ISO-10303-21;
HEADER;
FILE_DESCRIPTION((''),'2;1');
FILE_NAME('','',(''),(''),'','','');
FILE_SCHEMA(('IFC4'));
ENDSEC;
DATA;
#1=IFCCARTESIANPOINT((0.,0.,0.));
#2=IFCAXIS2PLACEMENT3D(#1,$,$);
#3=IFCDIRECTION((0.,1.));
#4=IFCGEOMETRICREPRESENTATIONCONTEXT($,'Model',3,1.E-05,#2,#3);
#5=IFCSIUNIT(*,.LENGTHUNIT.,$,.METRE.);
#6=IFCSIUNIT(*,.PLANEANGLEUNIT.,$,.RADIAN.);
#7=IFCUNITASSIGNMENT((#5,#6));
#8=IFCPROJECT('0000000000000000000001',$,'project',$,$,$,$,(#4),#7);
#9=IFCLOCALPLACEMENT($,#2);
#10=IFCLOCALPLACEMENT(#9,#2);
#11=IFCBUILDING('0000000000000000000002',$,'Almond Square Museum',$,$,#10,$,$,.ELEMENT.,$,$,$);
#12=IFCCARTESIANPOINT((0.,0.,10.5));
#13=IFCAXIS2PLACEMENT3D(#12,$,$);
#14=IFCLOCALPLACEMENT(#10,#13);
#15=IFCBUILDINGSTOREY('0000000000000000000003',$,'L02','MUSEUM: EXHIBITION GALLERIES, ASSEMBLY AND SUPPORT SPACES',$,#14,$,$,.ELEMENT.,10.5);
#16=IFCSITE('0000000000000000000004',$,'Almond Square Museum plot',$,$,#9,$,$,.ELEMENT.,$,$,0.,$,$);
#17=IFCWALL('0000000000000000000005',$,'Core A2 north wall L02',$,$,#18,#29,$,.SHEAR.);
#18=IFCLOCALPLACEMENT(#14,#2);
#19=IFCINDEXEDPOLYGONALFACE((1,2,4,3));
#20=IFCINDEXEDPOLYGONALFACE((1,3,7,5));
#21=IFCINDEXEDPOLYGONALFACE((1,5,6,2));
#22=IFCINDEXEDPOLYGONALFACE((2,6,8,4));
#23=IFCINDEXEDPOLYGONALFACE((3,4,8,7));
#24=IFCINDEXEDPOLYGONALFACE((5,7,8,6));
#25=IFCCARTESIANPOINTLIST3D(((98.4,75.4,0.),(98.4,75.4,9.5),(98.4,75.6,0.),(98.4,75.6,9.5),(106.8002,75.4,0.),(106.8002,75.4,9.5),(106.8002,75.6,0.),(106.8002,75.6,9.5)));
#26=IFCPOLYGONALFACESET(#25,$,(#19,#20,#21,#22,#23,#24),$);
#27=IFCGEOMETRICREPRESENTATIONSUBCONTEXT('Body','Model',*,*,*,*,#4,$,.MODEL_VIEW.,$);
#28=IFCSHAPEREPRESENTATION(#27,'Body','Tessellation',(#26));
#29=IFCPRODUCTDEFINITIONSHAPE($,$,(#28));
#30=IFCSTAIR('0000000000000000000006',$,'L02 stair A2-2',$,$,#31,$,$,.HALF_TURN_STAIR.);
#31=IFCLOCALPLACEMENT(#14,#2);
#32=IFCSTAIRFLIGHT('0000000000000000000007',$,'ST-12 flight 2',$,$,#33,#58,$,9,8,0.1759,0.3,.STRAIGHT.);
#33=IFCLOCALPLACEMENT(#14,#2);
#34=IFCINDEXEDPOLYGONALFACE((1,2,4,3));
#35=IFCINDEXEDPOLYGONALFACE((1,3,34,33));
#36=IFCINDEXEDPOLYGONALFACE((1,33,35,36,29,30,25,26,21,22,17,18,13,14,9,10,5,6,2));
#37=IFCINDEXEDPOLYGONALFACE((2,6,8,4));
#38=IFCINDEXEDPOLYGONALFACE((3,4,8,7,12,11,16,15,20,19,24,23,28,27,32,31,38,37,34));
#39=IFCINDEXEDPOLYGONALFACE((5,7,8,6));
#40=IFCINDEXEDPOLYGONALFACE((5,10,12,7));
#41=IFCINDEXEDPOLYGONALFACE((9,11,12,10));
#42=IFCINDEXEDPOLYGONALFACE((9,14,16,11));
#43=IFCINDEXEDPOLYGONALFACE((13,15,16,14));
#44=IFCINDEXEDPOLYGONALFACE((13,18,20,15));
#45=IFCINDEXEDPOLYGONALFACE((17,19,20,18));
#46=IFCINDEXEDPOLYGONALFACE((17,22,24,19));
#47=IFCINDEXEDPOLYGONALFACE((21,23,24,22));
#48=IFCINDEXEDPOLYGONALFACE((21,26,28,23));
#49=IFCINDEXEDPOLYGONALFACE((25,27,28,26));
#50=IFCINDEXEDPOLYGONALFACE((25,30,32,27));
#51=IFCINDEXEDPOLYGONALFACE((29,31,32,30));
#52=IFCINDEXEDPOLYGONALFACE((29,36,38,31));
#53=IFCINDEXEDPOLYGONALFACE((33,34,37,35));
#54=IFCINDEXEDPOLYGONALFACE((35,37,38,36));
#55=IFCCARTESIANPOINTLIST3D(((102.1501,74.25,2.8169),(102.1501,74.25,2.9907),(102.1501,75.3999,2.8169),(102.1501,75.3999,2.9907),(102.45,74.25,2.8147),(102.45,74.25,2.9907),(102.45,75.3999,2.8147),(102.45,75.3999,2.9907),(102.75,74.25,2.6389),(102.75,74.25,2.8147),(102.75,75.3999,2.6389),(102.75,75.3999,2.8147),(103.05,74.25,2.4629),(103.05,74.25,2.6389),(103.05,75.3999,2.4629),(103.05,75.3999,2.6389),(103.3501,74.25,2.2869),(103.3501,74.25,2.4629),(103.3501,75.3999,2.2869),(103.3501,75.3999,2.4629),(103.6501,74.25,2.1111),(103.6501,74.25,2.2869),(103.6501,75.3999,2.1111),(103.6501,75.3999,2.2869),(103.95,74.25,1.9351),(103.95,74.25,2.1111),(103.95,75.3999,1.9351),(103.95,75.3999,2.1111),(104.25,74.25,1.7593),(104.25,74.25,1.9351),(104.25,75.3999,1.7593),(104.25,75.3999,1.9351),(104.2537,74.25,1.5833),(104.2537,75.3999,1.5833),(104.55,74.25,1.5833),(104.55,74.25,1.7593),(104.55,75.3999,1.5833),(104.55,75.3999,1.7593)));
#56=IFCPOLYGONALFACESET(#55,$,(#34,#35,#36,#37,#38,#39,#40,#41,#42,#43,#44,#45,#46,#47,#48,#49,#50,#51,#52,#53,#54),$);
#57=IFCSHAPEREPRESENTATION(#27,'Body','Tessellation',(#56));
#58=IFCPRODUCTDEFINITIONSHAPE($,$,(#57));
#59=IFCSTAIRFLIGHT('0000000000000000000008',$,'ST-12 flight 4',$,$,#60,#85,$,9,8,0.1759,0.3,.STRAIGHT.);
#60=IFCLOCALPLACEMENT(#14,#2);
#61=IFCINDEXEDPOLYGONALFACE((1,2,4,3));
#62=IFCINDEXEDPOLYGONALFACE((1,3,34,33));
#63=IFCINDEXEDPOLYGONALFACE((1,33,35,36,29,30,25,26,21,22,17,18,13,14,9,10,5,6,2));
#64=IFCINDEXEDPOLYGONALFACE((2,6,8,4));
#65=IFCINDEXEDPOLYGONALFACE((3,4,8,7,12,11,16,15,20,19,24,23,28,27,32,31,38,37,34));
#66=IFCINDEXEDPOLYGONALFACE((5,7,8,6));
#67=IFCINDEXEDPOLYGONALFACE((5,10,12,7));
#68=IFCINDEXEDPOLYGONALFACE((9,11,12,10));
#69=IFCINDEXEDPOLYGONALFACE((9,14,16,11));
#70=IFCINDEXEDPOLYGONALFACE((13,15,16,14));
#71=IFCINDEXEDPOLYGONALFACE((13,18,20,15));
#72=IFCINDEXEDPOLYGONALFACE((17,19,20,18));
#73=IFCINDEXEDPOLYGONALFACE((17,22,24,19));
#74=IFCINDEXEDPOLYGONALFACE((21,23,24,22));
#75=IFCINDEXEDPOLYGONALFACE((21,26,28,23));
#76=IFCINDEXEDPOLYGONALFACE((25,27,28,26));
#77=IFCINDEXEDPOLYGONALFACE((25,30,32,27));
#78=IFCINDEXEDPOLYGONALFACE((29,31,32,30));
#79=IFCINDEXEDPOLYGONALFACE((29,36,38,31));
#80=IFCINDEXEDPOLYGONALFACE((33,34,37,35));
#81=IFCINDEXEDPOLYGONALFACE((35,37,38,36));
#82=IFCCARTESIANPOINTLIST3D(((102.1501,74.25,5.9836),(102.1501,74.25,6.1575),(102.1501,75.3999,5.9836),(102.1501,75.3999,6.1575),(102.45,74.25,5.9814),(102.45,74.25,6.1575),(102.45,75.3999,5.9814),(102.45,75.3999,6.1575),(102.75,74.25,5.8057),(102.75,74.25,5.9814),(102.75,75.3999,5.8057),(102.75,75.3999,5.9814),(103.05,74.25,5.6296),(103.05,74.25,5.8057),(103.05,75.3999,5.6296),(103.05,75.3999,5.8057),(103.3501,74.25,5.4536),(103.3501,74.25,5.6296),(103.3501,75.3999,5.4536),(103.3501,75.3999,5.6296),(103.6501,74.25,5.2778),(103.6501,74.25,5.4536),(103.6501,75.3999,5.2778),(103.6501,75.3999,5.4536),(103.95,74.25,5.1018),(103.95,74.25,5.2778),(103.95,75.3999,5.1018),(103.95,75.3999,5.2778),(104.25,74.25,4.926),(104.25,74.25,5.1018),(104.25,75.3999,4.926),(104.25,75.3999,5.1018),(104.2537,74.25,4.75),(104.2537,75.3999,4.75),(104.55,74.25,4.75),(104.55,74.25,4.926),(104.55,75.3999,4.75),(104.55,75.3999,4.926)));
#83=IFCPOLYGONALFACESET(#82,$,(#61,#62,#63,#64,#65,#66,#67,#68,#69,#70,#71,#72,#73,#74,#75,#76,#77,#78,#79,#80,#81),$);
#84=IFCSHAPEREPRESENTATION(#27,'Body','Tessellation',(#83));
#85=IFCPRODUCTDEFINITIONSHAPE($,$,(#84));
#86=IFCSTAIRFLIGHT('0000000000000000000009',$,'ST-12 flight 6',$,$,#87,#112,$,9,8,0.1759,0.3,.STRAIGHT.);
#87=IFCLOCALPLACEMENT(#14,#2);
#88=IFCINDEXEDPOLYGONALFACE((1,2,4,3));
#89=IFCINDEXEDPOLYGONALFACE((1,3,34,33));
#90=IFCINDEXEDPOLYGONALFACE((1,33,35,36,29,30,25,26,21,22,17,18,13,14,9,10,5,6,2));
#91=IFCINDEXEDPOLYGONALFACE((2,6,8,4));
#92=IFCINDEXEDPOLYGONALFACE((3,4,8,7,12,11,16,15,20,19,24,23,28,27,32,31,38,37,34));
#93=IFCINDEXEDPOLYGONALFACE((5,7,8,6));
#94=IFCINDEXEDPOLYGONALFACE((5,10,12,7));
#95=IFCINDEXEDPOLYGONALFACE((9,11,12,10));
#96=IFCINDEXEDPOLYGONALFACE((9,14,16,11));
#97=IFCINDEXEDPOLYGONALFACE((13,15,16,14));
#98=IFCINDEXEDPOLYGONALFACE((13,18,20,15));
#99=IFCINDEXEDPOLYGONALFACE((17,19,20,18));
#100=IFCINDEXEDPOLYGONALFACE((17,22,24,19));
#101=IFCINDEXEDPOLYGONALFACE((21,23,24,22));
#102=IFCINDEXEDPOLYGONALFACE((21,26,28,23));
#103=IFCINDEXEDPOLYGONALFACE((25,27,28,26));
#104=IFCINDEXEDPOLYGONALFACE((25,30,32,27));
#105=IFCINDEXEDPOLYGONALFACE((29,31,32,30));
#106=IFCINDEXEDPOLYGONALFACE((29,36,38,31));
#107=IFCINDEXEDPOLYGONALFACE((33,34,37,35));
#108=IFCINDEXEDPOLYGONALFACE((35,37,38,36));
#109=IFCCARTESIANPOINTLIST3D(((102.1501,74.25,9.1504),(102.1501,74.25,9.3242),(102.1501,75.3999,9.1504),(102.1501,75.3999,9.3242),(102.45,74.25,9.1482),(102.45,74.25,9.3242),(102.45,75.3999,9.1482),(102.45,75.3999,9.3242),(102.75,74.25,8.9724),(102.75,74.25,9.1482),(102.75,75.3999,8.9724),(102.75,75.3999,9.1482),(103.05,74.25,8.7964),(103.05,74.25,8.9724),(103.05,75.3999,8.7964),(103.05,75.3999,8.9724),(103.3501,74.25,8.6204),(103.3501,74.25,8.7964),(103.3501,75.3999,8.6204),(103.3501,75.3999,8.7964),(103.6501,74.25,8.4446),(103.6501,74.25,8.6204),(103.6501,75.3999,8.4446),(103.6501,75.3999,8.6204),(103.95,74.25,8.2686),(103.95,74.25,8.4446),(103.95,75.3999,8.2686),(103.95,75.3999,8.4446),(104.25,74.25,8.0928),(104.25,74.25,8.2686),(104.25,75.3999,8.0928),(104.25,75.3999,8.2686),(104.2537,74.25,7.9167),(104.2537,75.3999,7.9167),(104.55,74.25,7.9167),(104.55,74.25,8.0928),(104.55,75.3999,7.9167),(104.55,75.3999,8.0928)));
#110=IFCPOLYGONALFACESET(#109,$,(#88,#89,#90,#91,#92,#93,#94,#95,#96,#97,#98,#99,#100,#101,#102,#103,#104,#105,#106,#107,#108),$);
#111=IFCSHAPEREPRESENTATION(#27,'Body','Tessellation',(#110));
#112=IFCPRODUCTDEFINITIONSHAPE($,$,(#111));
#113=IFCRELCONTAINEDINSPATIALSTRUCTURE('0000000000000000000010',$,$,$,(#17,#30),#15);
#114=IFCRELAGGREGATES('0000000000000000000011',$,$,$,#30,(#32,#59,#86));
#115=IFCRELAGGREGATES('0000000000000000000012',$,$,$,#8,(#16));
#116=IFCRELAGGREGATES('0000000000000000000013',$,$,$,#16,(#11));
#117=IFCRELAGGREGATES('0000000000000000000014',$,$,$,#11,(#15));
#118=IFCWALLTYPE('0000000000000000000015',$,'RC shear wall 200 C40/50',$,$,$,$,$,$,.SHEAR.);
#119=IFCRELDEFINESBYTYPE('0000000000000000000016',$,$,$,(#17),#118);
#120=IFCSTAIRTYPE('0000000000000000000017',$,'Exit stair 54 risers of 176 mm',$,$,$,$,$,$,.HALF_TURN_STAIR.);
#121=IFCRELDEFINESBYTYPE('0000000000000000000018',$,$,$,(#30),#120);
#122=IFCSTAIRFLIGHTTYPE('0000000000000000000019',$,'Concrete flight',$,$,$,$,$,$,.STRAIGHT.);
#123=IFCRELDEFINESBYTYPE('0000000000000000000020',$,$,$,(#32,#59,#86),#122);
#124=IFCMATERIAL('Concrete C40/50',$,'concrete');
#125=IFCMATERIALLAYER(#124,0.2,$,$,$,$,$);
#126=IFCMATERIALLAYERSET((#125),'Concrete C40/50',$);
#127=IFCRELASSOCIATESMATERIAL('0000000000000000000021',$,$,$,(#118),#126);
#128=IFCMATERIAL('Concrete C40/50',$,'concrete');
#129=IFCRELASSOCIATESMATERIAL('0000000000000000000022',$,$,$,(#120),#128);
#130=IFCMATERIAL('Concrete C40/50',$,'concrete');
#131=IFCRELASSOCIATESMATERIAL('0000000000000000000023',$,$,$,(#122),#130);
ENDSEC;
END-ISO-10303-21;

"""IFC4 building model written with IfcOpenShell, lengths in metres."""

from ifc_helpers import new_model, si_unit, direction, frame, frame_2d, origin, place, context, subcontext, project, spatial, polyline, rectangle, outline, extrude, material, layer, layer_set, type_object, element, aggregate, save


model = new_model("IFC4")

# Units and contexts
model_context = context("Model", 3, precision=1e-05, world=origin(), true_north=direction((0.0, 1.0)))
body_context = subcontext(model_context, "Body", "Model", "MODEL_VIEW")
ifc_project = project(units=[si_unit("LENGTHUNIT", "METRE"), si_unit("PLANEANGLEUNIT", "RADIAN")], contexts=[model_context])

# Site, building, storey
site_placement = place(None, origin())
site = spatial("IfcSite", under=ifc_project, at=site_placement, Name="Almond Square Museum plot", CompositionType="ELEMENT", RefElevation=0.0)
building_placement = place(site_placement, origin())
building = spatial("IfcBuilding", under=site, at=building_placement, Name="Almond Square Museum", CompositionType="ELEMENT")
storey_placement = place(building_placement, frame((0.0, 0.0, 10.5)))
storey = spatial("IfcBuildingStorey", under=building, at=storey_placement, Name="L02", Description="MUSEUM: EXHIBITION GALLERIES, ASSEMBLY AND SUPPORT SPACES", CompositionType="ELEMENT", Elevation=10.5)

# Wall
ifc_material_1 = material(Name="Concrete C40/50", Category="concrete")
ifc_layer_1 = layer(ifc_material_1, 0.2)
ifc_layer_set_1 = layer_set([ifc_layer_1], Name="Concrete C40/50")
wall_type_1 = type_object("IfcWallType", Name="RC shear wall 200 C40/50", PredefinedType="SHEAR", material=ifc_layer_set_1)
wall_1_placement = place(storey_placement, frame((98.3999, 75.5, 0.0), z_axis=(0.0, 0.0, 1.0), x_axis=(1.0, 0.0, 0.0)))
element("IfcWall", 1, at=wall_1_placement, inside=storey, type_object=wall_type_1, Name="Core A2 north wall L02", PredefinedType="SHEAR", context=body_context, shape_type="SweptSolid", body=[
    extrude(rectangle(XDim=8.4001, YDim=0.2, at=frame_2d((4.2002, 0.0))), origin(), (0.0, 0.0, 1.0), 9.5),
])

# Stair, stair flights
ifc_material_2 = material(Name="Concrete C40/50", Category="concrete")
stair_type = type_object("IfcStairType", Name="Exit stair 54 risers of 176 mm", PredefinedType="HALF_TURN_STAIR", material=ifc_material_2)
stair_placement = place(storey_placement, origin())
stair = element("IfcStair", 2, at=stair_placement, inside=storey, type_object=stair_type, Name="L02 stair A2-2", PredefinedType="HALF_TURN_STAIR")
ifc_material_3 = material(Name="Concrete C40/50", Category="concrete")
stair_flight_type = type_object("IfcStairFlightType", Name="Concrete flight", PredefinedType="STRAIGHT", material=ifc_material_3)
stair_flight_1_placement = place(storey_placement, frame((104.55, 74.825, 1.5833), z_axis=(0.0, 0.0, 1.0), x_axis=(-1.0, 0.0, 0.0)))
stair_flight_1 = element("IfcStairFlight", 3, at=stair_flight_1_placement, type_object=stair_flight_type, Name="ST-12 flight 2", NumberOfRisers=9, NumberOfTreads=8, PredefinedType="STRAIGHT", RiserHeight=0.1759, TreadLength=0.3, context=body_context, shape_type="SweptSolid", body=[
    extrude(outline(polyline([(0.0, 0.0), (0.0, 0.176), (0.3, 0.176), (0.3, 0.3518), (0.6001, 0.3518), (0.6001, 0.5278), (0.8999, 0.5278), (0.8999, 0.7036), (1.2, 0.7036), (1.2, 0.8796), (1.5, 0.8796), (1.5, 1.0557), (1.8, 1.0557), (1.8, 1.2314), (2.1001, 1.2314), (2.1001, 1.4075), (2.3999, 1.4075), (2.3999, 1.5833), (2.3999, 1.2336), (0.2964, 0.0), (0.0, 0.0)])), frame((0.0, 0.575, 0.0), z_axis=(0.0, -1.0, 0.0), x_axis=(1.0, 0.0, 0.0)), (0.0, 0.0, 1.0), 1.1499),
])
stair_flight_2_placement = place(storey_placement, frame((104.55, 74.825, 4.75), z_axis=(0.0, 0.0, 1.0), x_axis=(-1.0, 0.0, 0.0)))
stair_flight_2 = element("IfcStairFlight", 4, at=stair_flight_2_placement, type_object=stair_flight_type, Name="ST-12 flight 4", NumberOfRisers=9, NumberOfTreads=8, PredefinedType="STRAIGHT", RiserHeight=0.1759, TreadLength=0.3, context=body_context, shape_type="SweptSolid", body=[
    extrude(outline(polyline([(0.0, 0.0), (0.0, 0.176), (0.3, 0.176), (0.3, 0.3518), (0.6001, 0.3518), (0.6001, 0.5278), (0.8999, 0.5278), (0.8999, 0.7036), (1.2, 0.7036), (1.2, 0.8796), (1.5, 0.8796), (1.5, 1.0557), (1.8, 1.0557), (1.8, 1.2314), (2.1001, 1.2314), (2.1001, 1.4075), (2.3999, 1.4075), (2.3999, 1.5833), (2.3999, 1.2336), (0.2964, 0.0), (0.0, 0.0)])), frame((0.0, 0.575, 0.0), z_axis=(0.0, -1.0, 0.0), x_axis=(1.0, 0.0, 0.0)), (0.0, 0.0, 1.0), 1.1499),
])
stair_flight_3_placement = place(storey_placement, frame((104.55, 74.825, 7.9167), z_axis=(0.0, 0.0, 1.0), x_axis=(-1.0, 0.0, 0.0)))
stair_flight_3 = element("IfcStairFlight", 5, at=stair_flight_3_placement, type_object=stair_flight_type, Name="ST-12 flight 6", NumberOfRisers=9, NumberOfTreads=8, PredefinedType="STRAIGHT", RiserHeight=0.1759, TreadLength=0.3, context=body_context, shape_type="SweptSolid", body=[
    extrude(outline(polyline([(0.0, 0.0), (0.0, 0.176), (0.3, 0.176), (0.3, 0.3518), (0.6001, 0.3518), (0.6001, 0.5278), (0.8999, 0.5278), (0.8999, 0.7036), (1.2, 0.7036), (1.2, 0.8796), (1.5, 0.8796), (1.5, 1.0557), (1.8, 1.0557), (1.8, 1.2314), (2.1001, 1.2314), (2.1001, 1.4075), (2.3999, 1.4075), (2.3999, 1.5833), (2.3999, 1.2336), (0.2964, 0.0), (0.0, 0.0)])), frame((0.0, 0.575, 0.0), z_axis=(0.0, -1.0, 0.0), x_axis=(1.0, 0.0, 0.0)), (0.0, 0.0, 1.0), 1.1499),
])
aggregate(stair, [stair_flight_1, stair_flight_2, stair_flight_3])

save(model, "model.ifc")
